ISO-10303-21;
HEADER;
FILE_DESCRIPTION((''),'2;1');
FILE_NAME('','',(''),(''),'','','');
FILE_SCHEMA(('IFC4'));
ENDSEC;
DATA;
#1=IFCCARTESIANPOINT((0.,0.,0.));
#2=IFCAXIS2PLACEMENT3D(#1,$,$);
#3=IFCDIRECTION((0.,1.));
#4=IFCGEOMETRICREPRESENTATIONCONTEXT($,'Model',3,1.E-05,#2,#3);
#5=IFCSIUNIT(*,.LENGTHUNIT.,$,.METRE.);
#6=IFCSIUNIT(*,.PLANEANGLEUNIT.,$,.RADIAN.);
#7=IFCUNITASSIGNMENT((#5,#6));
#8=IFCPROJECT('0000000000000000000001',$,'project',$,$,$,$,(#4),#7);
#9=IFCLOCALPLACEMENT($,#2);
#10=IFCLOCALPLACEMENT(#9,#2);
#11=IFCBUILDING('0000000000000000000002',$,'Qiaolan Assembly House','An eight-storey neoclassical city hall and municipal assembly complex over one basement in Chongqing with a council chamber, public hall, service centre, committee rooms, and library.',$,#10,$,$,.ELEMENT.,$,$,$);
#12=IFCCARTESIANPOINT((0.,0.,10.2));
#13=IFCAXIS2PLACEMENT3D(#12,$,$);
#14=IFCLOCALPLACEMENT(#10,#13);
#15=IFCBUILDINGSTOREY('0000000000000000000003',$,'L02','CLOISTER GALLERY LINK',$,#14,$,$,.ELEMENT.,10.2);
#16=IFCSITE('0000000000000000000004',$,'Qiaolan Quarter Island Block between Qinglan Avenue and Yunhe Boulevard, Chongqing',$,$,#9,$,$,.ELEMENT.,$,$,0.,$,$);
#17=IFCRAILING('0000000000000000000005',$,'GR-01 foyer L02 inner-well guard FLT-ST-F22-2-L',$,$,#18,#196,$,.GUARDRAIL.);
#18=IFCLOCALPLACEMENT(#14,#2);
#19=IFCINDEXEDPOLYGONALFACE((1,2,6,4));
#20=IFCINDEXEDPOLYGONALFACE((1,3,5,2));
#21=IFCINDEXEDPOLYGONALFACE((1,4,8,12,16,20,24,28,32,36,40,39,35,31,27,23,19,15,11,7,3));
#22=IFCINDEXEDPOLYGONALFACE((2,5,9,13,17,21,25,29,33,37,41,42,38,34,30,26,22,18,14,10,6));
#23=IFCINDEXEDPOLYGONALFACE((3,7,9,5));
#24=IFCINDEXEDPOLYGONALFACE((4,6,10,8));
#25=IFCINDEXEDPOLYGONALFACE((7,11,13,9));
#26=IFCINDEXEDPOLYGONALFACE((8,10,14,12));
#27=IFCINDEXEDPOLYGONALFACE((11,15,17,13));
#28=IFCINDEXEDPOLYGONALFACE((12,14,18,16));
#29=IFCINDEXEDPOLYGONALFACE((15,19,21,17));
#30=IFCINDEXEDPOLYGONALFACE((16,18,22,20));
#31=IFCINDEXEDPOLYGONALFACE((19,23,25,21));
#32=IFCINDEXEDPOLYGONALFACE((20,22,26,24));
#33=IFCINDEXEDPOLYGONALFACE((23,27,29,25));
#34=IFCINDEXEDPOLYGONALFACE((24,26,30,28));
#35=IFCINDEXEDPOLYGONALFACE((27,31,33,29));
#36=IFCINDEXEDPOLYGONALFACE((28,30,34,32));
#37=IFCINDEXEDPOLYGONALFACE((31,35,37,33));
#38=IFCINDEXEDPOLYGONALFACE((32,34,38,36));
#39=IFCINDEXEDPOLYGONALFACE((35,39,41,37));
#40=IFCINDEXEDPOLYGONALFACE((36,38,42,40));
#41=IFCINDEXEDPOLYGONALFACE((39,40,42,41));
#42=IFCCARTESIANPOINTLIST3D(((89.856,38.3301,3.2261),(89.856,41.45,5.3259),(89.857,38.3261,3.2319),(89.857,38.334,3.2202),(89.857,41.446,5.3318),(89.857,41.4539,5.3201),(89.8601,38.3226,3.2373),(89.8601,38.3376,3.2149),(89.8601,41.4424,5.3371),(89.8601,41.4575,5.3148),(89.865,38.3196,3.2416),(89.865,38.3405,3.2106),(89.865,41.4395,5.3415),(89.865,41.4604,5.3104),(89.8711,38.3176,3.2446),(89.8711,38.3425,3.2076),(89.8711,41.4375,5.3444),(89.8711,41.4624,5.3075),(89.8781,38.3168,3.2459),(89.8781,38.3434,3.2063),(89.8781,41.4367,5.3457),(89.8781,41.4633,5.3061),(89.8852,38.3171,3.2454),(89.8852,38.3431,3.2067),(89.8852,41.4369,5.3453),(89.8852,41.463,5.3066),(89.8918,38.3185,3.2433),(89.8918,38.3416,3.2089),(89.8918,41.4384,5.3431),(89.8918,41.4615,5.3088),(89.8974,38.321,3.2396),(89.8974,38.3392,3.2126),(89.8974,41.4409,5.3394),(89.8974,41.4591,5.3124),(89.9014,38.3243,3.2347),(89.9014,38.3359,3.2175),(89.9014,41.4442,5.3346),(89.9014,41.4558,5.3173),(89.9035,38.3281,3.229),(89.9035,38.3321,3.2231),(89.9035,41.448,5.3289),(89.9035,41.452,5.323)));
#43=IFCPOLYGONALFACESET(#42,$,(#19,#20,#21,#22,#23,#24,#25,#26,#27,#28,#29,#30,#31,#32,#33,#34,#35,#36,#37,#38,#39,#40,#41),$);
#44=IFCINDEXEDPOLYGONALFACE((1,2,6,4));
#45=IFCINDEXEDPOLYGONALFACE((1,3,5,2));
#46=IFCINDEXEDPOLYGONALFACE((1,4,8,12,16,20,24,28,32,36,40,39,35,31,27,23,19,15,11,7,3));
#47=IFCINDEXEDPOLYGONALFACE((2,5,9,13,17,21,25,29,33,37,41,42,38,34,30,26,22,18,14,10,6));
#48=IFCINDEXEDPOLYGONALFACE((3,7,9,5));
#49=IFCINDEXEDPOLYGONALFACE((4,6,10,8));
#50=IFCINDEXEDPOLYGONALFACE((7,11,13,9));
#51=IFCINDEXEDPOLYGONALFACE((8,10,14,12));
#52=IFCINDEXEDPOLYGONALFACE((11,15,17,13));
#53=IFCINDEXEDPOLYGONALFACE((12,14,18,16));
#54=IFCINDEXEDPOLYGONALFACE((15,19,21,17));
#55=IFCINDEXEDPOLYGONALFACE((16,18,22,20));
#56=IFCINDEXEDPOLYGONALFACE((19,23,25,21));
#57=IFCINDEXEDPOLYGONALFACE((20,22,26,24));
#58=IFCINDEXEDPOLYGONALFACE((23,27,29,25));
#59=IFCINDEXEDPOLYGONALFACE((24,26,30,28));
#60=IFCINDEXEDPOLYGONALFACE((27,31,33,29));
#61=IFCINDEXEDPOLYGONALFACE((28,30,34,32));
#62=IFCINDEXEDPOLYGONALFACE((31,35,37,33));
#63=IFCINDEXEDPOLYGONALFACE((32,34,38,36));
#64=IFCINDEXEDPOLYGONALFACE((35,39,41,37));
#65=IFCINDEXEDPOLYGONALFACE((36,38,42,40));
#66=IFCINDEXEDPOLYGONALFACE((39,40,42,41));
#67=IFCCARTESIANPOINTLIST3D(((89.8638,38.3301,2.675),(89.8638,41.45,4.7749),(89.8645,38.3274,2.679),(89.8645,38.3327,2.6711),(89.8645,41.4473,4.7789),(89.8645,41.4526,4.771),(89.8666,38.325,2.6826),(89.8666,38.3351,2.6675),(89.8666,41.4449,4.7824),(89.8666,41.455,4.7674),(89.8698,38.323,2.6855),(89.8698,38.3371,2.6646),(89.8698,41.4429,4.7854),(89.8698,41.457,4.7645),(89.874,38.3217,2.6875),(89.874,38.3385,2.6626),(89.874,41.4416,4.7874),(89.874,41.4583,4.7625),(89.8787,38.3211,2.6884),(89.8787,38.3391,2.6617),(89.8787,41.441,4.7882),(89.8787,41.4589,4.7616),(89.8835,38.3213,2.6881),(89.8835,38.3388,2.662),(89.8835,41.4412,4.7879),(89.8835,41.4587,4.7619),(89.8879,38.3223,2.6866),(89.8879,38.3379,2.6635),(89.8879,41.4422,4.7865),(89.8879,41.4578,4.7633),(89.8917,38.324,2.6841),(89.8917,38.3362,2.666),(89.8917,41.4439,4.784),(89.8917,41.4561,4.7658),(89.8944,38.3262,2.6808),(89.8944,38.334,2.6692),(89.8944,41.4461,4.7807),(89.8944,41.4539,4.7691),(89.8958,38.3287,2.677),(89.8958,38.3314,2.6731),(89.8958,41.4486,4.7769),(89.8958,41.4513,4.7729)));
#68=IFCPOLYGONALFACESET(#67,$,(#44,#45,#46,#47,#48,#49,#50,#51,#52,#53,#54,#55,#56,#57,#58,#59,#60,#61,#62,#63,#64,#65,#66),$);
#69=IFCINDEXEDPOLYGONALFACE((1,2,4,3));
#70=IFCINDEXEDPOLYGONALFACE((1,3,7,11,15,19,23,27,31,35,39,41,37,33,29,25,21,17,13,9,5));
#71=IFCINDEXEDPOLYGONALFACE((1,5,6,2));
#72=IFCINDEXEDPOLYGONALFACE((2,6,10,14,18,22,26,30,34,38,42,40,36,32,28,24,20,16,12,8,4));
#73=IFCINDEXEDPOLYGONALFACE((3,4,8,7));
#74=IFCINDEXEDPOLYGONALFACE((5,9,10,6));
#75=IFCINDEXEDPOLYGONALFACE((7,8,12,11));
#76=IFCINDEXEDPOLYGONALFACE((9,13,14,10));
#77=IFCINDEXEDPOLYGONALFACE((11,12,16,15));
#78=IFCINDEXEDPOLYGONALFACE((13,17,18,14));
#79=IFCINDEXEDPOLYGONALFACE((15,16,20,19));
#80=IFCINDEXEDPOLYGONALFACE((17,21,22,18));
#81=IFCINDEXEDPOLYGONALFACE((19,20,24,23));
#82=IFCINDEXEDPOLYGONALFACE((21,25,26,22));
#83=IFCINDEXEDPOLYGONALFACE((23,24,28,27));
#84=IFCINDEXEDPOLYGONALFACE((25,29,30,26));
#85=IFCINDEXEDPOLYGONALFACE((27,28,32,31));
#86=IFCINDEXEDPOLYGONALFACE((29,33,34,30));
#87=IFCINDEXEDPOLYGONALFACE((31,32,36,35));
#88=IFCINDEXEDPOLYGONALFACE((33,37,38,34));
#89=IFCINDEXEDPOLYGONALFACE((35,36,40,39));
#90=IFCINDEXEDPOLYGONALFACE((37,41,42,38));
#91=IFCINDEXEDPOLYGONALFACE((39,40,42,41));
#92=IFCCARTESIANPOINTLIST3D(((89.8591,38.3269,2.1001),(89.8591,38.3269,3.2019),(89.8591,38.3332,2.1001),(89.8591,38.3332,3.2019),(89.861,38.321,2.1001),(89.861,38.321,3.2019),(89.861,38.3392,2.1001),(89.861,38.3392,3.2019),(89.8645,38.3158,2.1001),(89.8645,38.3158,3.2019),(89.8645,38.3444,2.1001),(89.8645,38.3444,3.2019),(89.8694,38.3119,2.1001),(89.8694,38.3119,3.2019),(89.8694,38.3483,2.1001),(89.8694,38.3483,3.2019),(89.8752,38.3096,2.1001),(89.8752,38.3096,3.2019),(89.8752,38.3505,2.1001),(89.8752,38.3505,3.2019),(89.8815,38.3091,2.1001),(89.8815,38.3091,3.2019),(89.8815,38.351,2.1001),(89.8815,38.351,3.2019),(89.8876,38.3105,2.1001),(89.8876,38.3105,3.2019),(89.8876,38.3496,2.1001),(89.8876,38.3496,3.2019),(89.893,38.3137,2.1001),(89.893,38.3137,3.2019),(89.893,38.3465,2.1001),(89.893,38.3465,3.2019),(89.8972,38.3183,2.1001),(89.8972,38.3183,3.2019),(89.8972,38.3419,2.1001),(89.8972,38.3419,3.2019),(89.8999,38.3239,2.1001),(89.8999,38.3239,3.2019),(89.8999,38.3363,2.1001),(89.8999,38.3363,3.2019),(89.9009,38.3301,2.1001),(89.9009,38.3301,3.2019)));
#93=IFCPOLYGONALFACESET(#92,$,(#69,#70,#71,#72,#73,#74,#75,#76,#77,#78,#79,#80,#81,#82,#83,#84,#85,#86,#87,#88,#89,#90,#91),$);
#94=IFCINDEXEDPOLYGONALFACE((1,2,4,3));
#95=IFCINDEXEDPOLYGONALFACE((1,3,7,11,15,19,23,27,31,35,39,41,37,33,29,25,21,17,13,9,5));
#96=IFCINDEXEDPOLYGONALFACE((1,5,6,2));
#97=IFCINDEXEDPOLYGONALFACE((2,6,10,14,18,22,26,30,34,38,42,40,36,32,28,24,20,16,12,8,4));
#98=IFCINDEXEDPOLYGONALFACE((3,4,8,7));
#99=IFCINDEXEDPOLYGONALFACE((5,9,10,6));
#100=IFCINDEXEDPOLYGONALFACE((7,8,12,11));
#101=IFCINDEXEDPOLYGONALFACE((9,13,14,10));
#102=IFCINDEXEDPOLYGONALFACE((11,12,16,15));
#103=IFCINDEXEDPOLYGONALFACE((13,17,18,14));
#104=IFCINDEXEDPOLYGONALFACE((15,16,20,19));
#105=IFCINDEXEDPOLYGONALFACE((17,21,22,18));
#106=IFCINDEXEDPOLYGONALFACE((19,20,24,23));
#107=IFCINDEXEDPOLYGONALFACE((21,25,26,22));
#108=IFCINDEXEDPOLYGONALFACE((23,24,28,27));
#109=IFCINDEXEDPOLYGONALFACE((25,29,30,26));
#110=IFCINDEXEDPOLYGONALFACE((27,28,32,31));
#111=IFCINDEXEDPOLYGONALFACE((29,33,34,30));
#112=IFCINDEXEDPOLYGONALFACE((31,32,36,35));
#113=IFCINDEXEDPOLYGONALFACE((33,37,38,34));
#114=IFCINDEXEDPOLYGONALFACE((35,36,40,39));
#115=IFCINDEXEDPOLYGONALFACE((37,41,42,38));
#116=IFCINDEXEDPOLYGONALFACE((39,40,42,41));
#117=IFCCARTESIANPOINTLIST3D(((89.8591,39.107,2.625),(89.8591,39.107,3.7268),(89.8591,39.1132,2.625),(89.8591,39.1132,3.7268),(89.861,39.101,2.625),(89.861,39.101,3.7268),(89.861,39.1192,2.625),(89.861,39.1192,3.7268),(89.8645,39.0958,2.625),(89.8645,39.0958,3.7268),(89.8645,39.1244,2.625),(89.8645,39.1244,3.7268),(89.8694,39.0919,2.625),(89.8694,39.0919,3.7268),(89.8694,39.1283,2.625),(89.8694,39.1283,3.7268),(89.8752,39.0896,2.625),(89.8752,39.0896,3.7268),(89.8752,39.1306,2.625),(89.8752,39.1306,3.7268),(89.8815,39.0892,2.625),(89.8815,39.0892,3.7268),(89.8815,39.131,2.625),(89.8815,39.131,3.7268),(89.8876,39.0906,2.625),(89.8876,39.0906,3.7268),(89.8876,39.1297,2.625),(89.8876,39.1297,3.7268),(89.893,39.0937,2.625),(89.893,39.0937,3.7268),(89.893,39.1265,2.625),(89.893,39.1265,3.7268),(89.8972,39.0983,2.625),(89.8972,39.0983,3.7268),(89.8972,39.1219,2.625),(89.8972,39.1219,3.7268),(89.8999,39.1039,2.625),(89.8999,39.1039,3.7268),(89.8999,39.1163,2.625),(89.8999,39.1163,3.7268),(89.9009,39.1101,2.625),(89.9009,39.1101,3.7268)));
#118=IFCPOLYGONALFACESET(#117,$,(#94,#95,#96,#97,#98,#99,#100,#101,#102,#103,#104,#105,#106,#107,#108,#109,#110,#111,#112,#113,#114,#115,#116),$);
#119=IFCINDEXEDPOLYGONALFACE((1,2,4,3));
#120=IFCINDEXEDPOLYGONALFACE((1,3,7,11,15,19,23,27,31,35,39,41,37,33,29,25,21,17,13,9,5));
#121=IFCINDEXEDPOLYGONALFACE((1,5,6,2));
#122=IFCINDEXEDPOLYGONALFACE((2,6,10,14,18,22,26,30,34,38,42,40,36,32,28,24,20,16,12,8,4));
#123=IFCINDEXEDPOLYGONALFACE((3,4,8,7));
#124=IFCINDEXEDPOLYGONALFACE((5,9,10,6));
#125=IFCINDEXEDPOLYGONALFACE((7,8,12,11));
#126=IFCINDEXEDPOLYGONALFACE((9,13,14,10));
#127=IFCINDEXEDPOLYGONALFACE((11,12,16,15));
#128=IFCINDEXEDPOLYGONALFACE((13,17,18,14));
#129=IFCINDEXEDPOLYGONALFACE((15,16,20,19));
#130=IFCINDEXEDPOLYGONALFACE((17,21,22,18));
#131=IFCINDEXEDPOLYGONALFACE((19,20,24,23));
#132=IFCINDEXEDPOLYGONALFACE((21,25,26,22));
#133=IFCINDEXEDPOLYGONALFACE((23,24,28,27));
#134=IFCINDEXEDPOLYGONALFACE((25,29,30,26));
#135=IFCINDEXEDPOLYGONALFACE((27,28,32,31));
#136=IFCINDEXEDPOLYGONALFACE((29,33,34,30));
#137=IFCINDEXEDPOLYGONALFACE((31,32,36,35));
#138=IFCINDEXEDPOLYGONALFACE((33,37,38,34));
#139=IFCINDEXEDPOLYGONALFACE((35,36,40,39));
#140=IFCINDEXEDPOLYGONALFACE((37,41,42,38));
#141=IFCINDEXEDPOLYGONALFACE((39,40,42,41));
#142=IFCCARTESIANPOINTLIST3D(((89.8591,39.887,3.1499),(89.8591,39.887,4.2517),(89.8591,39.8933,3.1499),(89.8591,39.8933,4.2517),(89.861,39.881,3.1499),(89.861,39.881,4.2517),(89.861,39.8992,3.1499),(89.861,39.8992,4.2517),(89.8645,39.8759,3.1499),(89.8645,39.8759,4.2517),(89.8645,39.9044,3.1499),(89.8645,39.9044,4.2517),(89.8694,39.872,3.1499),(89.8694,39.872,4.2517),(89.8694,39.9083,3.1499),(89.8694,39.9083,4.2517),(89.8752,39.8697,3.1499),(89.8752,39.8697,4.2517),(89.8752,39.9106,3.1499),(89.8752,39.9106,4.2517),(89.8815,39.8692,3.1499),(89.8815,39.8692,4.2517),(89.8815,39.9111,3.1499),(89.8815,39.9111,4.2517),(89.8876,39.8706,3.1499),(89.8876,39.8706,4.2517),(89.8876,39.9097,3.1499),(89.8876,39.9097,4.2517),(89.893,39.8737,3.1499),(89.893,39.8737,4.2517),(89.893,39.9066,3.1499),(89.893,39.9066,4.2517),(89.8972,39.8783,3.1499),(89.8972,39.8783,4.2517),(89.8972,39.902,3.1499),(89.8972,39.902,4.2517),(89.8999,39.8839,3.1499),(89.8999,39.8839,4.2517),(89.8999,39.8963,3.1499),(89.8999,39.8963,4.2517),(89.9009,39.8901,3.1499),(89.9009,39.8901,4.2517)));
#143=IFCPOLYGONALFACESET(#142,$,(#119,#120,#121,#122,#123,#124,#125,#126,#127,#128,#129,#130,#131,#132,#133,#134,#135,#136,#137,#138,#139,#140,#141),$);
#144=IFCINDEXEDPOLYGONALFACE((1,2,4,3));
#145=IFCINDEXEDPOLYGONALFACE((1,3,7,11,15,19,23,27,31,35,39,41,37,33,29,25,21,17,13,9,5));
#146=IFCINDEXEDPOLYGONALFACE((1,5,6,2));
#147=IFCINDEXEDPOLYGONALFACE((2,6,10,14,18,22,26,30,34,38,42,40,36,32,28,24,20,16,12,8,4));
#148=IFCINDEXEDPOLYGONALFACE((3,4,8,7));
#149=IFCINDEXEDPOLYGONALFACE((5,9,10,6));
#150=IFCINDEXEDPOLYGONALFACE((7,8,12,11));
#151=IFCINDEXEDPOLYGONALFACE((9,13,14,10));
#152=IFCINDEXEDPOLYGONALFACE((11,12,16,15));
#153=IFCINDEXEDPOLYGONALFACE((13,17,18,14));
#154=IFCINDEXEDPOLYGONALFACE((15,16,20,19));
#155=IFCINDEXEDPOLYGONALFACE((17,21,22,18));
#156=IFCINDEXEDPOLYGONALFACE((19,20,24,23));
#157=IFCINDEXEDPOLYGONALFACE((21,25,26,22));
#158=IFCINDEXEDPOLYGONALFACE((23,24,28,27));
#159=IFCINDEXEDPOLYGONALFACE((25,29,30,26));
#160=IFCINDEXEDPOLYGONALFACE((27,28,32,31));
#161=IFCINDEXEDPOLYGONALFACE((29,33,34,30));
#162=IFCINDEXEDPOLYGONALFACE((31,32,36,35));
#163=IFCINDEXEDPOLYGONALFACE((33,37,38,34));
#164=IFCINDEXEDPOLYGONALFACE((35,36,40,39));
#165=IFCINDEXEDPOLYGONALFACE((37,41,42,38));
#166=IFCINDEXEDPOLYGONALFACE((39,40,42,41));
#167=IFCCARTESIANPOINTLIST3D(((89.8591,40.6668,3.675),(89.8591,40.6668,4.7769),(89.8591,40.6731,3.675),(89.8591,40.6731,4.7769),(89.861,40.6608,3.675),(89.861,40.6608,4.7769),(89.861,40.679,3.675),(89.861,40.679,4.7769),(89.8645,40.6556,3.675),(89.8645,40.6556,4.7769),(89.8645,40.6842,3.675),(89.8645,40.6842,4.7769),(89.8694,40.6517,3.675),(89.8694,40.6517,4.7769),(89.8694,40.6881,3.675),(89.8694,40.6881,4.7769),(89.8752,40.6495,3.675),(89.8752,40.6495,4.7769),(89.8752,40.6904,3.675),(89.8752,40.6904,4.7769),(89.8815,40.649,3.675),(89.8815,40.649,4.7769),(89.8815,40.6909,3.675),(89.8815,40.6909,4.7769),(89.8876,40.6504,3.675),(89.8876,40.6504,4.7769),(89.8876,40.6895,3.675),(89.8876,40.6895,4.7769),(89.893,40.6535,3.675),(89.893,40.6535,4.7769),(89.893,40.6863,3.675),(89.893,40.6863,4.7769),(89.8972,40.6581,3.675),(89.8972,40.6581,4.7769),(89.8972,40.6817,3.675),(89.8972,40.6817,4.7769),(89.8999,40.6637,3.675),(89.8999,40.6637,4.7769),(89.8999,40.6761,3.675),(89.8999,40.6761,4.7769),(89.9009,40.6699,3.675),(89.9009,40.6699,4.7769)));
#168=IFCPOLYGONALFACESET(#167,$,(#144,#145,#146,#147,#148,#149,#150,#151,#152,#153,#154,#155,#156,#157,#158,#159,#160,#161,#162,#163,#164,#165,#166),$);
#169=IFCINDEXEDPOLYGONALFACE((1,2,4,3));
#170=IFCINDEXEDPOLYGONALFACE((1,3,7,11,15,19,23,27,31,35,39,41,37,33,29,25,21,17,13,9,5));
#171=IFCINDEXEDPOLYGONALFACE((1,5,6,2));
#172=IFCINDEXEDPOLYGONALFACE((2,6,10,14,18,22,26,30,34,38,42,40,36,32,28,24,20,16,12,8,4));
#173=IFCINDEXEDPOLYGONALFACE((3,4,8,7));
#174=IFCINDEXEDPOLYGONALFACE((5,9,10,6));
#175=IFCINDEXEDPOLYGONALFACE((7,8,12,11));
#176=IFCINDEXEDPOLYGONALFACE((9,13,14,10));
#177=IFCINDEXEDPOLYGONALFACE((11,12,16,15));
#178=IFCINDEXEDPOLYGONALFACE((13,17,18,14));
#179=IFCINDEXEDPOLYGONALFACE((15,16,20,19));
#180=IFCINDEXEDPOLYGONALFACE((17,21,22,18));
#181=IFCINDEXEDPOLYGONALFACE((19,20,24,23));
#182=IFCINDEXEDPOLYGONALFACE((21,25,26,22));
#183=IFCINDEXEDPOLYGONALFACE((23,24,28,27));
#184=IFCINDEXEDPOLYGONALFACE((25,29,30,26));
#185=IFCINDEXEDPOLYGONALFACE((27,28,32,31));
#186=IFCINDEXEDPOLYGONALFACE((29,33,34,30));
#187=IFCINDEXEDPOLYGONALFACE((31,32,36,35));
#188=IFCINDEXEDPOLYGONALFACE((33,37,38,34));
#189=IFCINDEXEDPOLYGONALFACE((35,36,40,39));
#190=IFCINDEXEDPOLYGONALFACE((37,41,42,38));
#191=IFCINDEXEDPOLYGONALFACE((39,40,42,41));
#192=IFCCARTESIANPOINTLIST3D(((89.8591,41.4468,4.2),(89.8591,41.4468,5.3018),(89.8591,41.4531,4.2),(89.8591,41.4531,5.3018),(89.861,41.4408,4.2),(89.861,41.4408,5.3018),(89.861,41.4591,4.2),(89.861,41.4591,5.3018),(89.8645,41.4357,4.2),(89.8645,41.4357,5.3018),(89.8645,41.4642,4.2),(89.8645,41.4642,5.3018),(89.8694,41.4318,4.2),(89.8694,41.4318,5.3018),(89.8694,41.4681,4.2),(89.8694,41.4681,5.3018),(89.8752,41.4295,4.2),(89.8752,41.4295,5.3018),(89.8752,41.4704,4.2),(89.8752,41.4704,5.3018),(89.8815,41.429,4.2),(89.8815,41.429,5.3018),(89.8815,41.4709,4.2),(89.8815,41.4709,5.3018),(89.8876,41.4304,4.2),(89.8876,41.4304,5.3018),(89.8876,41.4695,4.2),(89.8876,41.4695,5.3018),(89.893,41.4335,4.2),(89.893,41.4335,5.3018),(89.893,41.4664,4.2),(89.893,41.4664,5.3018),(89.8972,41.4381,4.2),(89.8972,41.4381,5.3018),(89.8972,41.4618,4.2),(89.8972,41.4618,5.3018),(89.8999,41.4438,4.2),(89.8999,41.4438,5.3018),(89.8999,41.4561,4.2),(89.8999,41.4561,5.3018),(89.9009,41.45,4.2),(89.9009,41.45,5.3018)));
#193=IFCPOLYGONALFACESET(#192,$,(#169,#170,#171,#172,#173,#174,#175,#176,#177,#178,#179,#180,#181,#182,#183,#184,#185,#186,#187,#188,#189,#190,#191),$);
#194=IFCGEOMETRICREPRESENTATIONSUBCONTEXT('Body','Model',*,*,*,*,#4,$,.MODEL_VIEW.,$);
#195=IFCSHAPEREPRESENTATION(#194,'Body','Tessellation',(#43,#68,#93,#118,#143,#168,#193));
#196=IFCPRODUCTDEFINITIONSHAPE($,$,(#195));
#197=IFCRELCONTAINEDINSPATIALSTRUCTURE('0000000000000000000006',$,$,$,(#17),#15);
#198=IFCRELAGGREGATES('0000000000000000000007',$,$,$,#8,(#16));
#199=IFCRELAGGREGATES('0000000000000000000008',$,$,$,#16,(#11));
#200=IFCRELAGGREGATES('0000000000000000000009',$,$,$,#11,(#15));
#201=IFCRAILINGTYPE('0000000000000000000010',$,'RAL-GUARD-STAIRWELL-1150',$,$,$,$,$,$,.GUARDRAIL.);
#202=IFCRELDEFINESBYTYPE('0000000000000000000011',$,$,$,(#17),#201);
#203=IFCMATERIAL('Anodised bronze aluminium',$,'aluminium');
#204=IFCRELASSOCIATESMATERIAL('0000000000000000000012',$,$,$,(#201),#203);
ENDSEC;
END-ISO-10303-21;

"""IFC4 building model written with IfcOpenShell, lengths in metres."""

from ifc_helpers import new_model, si_unit, direction, frame, origin, origin_2d, place, context, subcontext, project, spatial, circle, extrude, material, type_object, element, save


model = new_model("IFC4")

# Units and contexts
model_context = context("Model", 3, precision=1e-05, world=origin(), true_north=direction((0.0, 1.0)))
body_context = subcontext(model_context, "Body", "Model", "MODEL_VIEW")
ifc_project = project(units=[si_unit("LENGTHUNIT", "METRE"), si_unit("PLANEANGLEUNIT", "RADIAN")], contexts=[model_context])

# Site, building, storey
site_placement = place(None, origin())
site = spatial("IfcSite", under=ifc_project, at=site_placement, Name="Qiaolan Quarter Island Block between Qinglan Avenue and Yunhe Boulevard, Chongqing", CompositionType="ELEMENT", RefElevation=0.0)
building_placement = place(site_placement, origin())
building = spatial("IfcBuilding", under=site, at=building_placement, Name="Qiaolan Assembly House", Description="An eight-storey neoclassical city hall and municipal assembly complex over one basement in Chongqing with a council chamber, public hall, service centre, committee rooms, and library.", CompositionType="ELEMENT")
storey_placement = place(building_placement, frame((0.0, 0.0, 10.2)))
storey = spatial("IfcBuildingStorey", under=building, at=storey_placement, Name="L02", Description="CLOISTER GALLERY LINK", CompositionType="ELEMENT", Elevation=10.2)

# Railing
ifc_material_1 = material(Name="Anodised bronze aluminium", Category="aluminium")
railing_type_1 = type_object("IfcRailingType", Name="RAL-GUARD-STAIRWELL-1150", PredefinedType="GUARDRAIL", material=ifc_material_1)
railing_1_placement = place(storey_placement, frame((89.8799, 38.3301, 2.1001)))
element("IfcRailing", 1, at=railing_1_placement, inside=storey, type_object=railing_type_1, Name="GR-01 foyer L02 inner-well guard FLT-ST-F22-2-L", PredefinedType="GUARDRAIL", context=body_context, shape_type="SweptSolid", body=[
    extrude(circle(Radius=0.0239, at=origin_2d()), frame((0.0, 0.0, 1.126), z_axis=(0.0, 0.829595, 0.558365), x_axis=(-1.0, 0.0, 0.0)), (0.0, 0.0, 1.0), 3.7607),
    extrude(circle(Radius=0.0161, at=origin_2d()), frame((0.0, 0.0, 0.575), z_axis=(0.0, 0.829595, 0.558365), x_axis=(-1.0, 0.0, 0.0)), (0.0, 0.0, 1.0), 3.7607),
    extrude(circle(Radius=0.021, at=origin_2d()), origin(), (0.0, 0.0, 1.0), 1.1018),
    extrude(circle(Radius=0.021, at=origin_2d()), frame((0.0, 0.78, 0.5249)), (0.0, 0.0, 1.0), 1.1018),
    extrude(circle(Radius=0.021, at=origin_2d()), frame((0.0, 1.5601, 1.0498)), (0.0, 0.0, 1.0), 1.1018),
    extrude(circle(Radius=0.021, at=origin_2d()), frame((0.0, 2.3398, 1.575)), (0.0, 0.0, 1.0), 1.1018),
    extrude(circle(Radius=0.021, at=origin_2d()), frame((0.0, 3.1199, 2.0999)), (0.0, 0.0, 1.0), 1.1018),
])

save(model, "model.ifc")
